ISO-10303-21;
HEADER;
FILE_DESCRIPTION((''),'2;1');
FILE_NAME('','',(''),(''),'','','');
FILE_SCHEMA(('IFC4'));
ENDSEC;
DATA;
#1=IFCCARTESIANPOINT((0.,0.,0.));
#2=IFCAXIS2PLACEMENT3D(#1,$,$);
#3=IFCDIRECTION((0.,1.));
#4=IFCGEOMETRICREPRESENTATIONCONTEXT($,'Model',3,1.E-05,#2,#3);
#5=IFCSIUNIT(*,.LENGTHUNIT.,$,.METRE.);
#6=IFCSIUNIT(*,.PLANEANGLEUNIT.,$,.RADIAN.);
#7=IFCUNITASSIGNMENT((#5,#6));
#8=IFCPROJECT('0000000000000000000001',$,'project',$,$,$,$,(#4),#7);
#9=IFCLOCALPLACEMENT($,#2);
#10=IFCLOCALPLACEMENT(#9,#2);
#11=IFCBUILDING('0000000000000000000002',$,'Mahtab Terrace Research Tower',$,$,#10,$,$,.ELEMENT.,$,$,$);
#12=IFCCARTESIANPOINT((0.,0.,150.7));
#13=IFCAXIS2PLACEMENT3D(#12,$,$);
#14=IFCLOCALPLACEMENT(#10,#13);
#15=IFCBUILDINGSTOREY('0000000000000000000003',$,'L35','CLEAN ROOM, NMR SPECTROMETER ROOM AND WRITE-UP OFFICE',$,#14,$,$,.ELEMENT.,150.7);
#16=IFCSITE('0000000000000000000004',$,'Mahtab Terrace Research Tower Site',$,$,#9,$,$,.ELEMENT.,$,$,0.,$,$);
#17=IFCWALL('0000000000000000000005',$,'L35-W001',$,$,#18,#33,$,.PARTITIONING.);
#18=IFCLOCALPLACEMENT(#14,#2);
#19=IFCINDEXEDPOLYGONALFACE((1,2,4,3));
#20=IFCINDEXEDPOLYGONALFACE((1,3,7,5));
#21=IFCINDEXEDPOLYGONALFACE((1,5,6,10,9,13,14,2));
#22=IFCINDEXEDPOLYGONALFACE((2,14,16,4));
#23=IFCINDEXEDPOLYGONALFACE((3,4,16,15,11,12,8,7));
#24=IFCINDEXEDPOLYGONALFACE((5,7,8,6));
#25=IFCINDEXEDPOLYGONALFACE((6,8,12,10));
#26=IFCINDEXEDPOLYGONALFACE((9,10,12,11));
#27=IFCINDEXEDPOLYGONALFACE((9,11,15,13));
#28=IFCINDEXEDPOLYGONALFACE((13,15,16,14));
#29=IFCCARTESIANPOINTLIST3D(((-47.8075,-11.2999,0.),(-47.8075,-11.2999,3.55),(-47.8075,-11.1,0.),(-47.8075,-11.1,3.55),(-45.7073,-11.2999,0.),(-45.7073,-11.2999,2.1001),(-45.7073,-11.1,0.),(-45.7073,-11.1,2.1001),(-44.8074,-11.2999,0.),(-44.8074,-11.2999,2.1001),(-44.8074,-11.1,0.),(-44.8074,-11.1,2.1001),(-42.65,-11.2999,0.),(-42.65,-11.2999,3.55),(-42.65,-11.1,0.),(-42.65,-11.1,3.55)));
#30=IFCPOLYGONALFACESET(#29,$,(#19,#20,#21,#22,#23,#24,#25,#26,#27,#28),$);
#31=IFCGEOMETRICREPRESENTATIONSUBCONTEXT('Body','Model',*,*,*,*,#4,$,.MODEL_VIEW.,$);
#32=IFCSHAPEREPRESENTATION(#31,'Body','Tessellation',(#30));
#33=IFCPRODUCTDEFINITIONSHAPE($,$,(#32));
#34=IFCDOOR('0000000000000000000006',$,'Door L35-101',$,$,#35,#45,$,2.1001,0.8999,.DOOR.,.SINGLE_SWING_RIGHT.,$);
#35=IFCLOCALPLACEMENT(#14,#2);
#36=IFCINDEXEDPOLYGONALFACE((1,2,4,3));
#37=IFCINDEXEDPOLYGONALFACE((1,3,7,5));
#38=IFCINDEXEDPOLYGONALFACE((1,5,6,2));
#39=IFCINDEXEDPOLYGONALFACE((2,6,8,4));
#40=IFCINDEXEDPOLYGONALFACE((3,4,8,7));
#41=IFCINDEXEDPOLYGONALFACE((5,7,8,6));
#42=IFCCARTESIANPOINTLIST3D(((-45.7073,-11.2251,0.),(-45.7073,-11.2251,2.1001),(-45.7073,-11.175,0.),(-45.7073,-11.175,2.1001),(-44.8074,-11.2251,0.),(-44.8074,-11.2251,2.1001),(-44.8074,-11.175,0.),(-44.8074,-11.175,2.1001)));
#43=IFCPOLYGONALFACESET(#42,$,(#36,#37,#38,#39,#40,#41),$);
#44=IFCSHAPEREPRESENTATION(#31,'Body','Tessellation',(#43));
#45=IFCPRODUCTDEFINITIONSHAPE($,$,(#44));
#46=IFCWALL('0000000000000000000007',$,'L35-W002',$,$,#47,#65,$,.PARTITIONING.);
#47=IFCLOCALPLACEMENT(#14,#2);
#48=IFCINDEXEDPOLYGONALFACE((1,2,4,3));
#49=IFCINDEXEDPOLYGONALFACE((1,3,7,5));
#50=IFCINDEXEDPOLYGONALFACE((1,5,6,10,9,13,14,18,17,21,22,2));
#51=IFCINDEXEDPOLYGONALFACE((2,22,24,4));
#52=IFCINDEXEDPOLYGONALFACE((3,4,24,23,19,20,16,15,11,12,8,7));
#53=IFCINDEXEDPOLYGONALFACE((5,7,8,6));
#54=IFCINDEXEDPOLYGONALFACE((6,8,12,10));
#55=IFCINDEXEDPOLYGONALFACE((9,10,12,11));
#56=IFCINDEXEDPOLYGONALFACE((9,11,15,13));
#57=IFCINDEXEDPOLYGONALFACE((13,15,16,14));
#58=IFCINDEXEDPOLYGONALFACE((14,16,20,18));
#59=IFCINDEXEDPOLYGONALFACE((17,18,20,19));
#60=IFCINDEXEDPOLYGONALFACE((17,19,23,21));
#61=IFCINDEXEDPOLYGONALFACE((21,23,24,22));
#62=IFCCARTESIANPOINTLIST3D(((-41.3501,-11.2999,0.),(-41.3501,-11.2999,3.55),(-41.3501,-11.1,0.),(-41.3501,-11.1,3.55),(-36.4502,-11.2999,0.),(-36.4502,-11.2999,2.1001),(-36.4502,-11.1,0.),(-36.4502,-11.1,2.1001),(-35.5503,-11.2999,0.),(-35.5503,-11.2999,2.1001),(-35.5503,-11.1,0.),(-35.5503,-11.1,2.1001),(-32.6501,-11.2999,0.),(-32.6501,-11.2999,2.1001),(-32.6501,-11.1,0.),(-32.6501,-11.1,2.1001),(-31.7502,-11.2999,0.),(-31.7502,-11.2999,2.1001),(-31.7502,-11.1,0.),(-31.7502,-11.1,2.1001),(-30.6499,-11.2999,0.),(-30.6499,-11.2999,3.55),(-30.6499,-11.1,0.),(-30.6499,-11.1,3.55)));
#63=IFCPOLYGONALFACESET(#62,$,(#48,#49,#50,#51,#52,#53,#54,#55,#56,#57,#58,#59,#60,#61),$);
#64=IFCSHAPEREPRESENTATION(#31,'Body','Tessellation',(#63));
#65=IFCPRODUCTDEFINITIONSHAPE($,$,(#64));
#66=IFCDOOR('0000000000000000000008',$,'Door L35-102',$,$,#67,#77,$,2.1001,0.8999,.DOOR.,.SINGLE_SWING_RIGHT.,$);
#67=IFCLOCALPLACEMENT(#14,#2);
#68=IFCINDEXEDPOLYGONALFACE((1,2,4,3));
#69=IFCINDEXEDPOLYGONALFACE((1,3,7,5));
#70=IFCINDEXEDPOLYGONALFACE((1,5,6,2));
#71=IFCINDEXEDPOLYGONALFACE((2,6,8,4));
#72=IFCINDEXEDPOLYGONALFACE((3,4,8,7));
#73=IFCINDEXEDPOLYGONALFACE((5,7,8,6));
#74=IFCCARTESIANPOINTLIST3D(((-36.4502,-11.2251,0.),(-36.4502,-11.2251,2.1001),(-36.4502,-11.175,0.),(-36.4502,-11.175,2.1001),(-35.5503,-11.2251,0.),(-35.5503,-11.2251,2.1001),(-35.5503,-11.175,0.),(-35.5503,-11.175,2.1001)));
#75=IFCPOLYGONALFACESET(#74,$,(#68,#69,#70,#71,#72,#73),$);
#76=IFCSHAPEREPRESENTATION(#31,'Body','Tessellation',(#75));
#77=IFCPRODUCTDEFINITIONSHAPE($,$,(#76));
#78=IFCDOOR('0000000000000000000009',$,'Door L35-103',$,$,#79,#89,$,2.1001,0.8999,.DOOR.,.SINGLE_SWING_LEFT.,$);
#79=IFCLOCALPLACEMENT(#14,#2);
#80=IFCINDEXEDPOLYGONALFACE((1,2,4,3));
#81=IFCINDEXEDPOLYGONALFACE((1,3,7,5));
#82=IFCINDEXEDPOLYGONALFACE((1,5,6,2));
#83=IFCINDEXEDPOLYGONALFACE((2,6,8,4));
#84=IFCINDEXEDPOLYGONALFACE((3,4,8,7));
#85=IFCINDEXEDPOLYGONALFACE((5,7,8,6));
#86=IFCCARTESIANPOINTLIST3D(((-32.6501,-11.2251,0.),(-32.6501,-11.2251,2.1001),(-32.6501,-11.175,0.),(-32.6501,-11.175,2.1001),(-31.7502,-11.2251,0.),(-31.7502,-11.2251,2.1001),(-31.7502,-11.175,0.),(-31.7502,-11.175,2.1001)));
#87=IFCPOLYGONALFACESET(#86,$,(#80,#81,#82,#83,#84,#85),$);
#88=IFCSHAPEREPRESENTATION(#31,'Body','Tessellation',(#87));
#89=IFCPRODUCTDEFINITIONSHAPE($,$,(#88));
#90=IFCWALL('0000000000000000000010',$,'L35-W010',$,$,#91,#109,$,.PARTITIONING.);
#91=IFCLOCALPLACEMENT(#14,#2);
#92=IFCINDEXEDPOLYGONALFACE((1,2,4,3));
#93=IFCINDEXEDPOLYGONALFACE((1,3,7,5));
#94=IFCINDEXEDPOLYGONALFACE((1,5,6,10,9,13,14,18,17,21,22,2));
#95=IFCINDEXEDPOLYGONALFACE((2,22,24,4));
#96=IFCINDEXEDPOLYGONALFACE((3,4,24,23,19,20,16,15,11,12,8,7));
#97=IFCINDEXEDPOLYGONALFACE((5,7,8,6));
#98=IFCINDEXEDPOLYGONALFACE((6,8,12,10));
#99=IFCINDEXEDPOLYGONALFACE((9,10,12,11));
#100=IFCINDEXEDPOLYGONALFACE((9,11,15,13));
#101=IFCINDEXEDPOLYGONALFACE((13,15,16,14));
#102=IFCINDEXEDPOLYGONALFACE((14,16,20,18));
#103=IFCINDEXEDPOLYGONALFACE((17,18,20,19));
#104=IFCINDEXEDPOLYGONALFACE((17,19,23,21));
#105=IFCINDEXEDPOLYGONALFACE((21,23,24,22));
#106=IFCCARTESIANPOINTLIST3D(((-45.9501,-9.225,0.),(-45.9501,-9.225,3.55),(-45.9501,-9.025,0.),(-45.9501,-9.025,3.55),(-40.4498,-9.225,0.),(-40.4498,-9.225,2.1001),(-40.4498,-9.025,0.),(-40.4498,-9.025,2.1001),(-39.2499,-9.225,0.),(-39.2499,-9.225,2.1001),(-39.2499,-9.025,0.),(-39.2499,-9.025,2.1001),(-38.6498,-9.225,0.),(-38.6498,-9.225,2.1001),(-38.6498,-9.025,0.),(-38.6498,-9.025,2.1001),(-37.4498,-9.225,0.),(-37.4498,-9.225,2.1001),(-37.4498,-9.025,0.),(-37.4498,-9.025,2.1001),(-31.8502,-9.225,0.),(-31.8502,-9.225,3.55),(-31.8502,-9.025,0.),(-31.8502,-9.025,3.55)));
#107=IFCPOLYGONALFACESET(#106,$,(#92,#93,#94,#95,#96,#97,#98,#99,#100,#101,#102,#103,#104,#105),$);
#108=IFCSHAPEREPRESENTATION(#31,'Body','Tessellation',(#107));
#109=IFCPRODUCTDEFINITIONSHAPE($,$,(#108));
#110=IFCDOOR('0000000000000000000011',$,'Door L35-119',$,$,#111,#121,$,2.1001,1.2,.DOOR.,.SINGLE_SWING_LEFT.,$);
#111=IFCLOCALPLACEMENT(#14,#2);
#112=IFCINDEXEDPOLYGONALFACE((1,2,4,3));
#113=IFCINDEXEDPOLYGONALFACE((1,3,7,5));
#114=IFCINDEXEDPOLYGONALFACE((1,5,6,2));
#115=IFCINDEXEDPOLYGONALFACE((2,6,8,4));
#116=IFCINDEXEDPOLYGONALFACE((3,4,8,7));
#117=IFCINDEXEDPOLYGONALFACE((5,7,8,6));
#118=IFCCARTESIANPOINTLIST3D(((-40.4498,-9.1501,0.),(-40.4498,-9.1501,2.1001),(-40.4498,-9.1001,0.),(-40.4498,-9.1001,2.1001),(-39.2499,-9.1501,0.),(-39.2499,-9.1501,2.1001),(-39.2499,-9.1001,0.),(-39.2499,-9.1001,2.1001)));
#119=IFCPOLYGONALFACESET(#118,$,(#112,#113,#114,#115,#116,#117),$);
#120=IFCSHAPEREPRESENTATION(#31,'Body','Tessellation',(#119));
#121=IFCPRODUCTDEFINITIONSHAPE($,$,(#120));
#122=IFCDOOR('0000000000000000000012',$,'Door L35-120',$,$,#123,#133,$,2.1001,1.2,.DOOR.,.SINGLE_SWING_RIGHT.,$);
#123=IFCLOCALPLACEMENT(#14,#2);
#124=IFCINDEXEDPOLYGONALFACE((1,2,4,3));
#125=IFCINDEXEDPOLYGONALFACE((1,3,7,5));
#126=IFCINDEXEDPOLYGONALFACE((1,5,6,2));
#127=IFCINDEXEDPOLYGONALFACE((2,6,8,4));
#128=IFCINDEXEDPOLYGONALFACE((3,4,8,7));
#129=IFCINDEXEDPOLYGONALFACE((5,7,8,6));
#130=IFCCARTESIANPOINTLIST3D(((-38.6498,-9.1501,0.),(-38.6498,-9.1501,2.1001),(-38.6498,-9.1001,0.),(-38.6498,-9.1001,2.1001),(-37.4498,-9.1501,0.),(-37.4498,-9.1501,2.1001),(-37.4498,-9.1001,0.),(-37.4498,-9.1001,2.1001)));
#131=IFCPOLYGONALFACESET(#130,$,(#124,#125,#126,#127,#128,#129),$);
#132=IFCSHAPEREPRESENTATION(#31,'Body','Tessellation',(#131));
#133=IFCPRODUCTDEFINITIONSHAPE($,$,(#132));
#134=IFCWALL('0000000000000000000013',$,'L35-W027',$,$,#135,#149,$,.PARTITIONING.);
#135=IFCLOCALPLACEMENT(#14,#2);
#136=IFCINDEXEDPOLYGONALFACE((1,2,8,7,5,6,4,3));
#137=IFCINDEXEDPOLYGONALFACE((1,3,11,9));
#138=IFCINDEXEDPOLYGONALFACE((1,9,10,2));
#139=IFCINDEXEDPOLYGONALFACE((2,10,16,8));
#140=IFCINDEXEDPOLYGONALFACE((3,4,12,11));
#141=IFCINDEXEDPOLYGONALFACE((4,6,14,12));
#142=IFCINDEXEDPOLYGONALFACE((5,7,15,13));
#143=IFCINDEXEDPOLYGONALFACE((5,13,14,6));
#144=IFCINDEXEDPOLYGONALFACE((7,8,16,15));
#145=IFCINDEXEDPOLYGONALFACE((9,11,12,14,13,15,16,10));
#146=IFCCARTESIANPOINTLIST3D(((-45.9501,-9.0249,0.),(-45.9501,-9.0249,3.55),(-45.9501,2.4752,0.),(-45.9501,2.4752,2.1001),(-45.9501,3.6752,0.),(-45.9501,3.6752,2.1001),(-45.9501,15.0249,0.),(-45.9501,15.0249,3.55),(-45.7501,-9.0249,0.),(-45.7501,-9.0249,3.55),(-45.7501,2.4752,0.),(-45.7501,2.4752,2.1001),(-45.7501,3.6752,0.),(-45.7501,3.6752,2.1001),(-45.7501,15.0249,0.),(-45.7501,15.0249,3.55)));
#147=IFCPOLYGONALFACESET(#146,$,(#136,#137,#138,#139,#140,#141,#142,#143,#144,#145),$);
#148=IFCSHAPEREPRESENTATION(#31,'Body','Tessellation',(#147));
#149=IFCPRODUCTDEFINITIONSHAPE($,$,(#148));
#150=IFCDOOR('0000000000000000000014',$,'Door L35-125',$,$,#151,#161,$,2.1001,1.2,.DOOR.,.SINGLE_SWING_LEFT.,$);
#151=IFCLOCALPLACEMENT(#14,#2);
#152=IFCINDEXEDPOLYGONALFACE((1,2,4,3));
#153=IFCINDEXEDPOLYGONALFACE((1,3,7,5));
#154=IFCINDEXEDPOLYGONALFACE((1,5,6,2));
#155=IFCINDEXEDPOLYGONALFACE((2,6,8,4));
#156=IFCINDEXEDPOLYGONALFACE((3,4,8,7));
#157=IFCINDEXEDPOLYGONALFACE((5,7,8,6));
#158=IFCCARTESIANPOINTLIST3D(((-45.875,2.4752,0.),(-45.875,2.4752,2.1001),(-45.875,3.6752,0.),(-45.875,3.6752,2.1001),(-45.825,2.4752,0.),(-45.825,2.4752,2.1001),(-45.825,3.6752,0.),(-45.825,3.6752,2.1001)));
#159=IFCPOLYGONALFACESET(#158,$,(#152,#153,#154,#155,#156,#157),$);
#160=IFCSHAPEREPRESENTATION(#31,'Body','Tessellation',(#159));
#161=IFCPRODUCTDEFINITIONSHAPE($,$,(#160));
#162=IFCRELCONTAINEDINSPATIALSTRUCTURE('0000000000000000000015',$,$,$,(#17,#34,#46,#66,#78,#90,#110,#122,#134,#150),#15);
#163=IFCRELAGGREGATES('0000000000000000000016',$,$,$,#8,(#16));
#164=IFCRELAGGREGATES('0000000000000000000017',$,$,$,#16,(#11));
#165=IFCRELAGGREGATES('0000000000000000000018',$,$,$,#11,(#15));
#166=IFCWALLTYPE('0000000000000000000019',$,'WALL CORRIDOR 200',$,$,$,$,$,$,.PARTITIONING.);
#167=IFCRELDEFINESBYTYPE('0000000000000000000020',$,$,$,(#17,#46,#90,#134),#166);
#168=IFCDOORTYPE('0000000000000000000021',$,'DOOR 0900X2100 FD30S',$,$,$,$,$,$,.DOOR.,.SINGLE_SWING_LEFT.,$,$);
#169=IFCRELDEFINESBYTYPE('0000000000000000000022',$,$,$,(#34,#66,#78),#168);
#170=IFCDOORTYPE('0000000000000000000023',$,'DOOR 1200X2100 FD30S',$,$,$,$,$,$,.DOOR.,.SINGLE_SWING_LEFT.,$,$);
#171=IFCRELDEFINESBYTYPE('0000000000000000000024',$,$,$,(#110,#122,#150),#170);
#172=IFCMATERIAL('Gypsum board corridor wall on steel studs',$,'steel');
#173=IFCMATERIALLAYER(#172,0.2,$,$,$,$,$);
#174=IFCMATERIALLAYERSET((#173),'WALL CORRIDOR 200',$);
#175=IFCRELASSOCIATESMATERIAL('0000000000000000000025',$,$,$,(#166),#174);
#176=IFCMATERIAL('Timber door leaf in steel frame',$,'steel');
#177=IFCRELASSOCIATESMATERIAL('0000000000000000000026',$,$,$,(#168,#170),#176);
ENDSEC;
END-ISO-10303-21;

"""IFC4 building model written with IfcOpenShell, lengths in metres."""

from ifc_helpers import new_model, si_unit, direction, frame, frame_2d, origin, place, context, subcontext, project, spatial, rectangle, extrude, material, layer, layer_set, type_object, element, fill, save


model = new_model("IFC4")

# Units and contexts
model_context = context("Model", 3, precision=1e-05, world=origin(), true_north=direction((0.0, 1.0)))
body_context = subcontext(model_context, "Body", "Model", "MODEL_VIEW")
ifc_project = project(units=[si_unit("LENGTHUNIT", "METRE"), si_unit("PLANEANGLEUNIT", "RADIAN")], contexts=[model_context])

# Site, building, storey
site_placement = place(None, origin())
site = spatial("IfcSite", under=ifc_project, at=site_placement, Name="Mahtab Terrace Research Tower Site", CompositionType="ELEMENT", RefElevation=0.0)
building_placement = place(site_placement, origin())
building = spatial("IfcBuilding", under=site, at=building_placement, Name="Mahtab Terrace Research Tower", CompositionType="ELEMENT")
storey_placement = place(building_placement, frame((0.0, 0.0, 150.7)))
storey = spatial("IfcBuildingStorey", under=building, at=storey_placement, Name="L35", Description="CLEAN ROOM, NMR SPECTROMETER ROOM AND WRITE-UP OFFICE", CompositionType="ELEMENT", Elevation=150.7)

# Wall, opening, door
ifc_material_1 = material(Name="Gypsum board corridor wall on steel studs", Category="steel")
ifc_layer_1 = layer(ifc_material_1, 0.2)
ifc_layer_set_1 = layer_set([ifc_layer_1], Name="WALL CORRIDOR 200")
wall_type_1 = type_object("IfcWallType", Name="WALL CORRIDOR 200", PredefinedType="PARTITIONING", material=ifc_layer_set_1)
wall_1_placement = place(storey_placement, frame((-47.8074, -11.2, 0.0), z_axis=(0.0, 0.0, 1.0), x_axis=(1.0, 0.0, 0.0)))
wall_1 = element("IfcWall", 1, at=wall_1_placement, inside=storey, type_object=wall_type_1, Name="L35-W001", PredefinedType="PARTITIONING", context=body_context, shape_type="SweptSolid", body=[
    extrude(rectangle(XDim=5.1575, YDim=0.2, at=frame_2d((2.5786, 0.0))), origin(), (0.0, 0.0, 1.0), 3.55),
])
opening_1_placement = place(wall_1_placement, frame((2.1001, 0.0, 0.0)))
opening_1 = element("IfcOpeningElement", 2, at=opening_1_placement, cuts=wall_1, PredefinedType="OPENING", context=body_context, shape_type="SweptSolid", body=[
    extrude(rectangle(XDim=0.8999, YDim=2.1001, at=frame_2d((0.45, 1.05))), frame((0.0, 0.1099, 0.0), z_axis=(0.0, -1.0, 0.0), x_axis=(1.0, 0.0, 0.0)), (0.0, 0.0, 1.0), 0.22),
])
ifc_material_2 = material(Name="Timber door leaf in steel frame", Category="steel")
door_type_1 = type_object("IfcDoorType", Name="DOOR 0900X2100 FD30S", OperationType="SINGLE_SWING_LEFT", PredefinedType="DOOR", material=ifc_material_2)
door_1_placement = place(opening_1_placement, origin())
door_1 = element("IfcDoor", 3, at=door_1_placement, inside=storey, type_object=door_type_1, Name="Door L35-101", OperationType="SINGLE_SWING_RIGHT", OverallHeight=2.1001, OverallWidth=0.8999, PredefinedType="DOOR", context=body_context, shape_type="SweptSolid", body=[
    extrude(rectangle(XDim=0.8999, YDim=2.1001, at=frame_2d((0.45, 1.05))), frame((0.0, 0.0249, 0.0), z_axis=(0.0, -1.0, 0.0), x_axis=(1.0, 0.0, 0.0)), (0.0, 0.0, 1.0), 0.05),
])
fill(opening_1, door_1)

# Walls, openings, doors
wall_2_placement = place(storey_placement, frame((-41.3501, -11.2, 0.0), z_axis=(0.0, 0.0, 1.0), x_axis=(1.0, 0.0, 0.0)))
wall_2 = element("IfcWall", 4, at=wall_2_placement, inside=storey, type_object=wall_type_1, Name="L35-W002", PredefinedType="PARTITIONING", context=body_context, shape_type="SweptSolid", body=[
    extrude(rectangle(XDim=10.7002, YDim=0.2, at=frame_2d((5.3501, 0.0))), origin(), (0.0, 0.0, 1.0), 3.55),
])
opening_2_placement = place(wall_2_placement, frame((4.8999, 0.0, 0.0)))
opening_2 = element("IfcOpeningElement", 5, at=opening_2_placement, cuts=wall_2, PredefinedType="OPENING", context=body_context, shape_type="SweptSolid", body=[
    extrude(rectangle(XDim=0.8999, YDim=2.1001, at=frame_2d((0.45, 1.05))), frame((0.0, 0.1099, 0.0), z_axis=(0.0, -1.0, 0.0), x_axis=(1.0, 0.0, 0.0)), (0.0, 0.0, 1.0), 0.22),
])
opening_3_placement = place(wall_2_placement, frame((8.7, 0.0, 0.0)))
opening_3 = element("IfcOpeningElement", 6, at=opening_3_placement, cuts=wall_2, PredefinedType="OPENING", context=body_context, shape_type="SweptSolid", body=[
    extrude(rectangle(XDim=0.8999, YDim=2.1001, at=frame_2d((0.45, 1.05))), frame((0.0, 0.1099, 0.0), z_axis=(0.0, -1.0, 0.0), x_axis=(1.0, 0.0, 0.0)), (0.0, 0.0, 1.0), 0.22),
])
door_2_placement = place(opening_2_placement, origin())
door_2 = element("IfcDoor", 7, at=door_2_placement, inside=storey, type_object=door_type_1, Name="Door L35-102", OperationType="SINGLE_SWING_RIGHT", OverallHeight=2.1001, OverallWidth=0.8999, PredefinedType="DOOR", context=body_context, shape_type="SweptSolid", body=[
    extrude(rectangle(XDim=0.8999, YDim=2.1001, at=frame_2d((0.45, 1.05))), frame((0.0, 0.0249, 0.0), z_axis=(0.0, -1.0, 0.0), x_axis=(1.0, 0.0, 0.0)), (0.0, 0.0, 1.0), 0.05),
])
fill(opening_2, door_2)
door_3_placement = place(opening_3_placement, origin())
door_3 = element("IfcDoor", 8, at=door_3_placement, inside=storey, type_object=door_type_1, Name="Door L35-103", OperationType="SINGLE_SWING_LEFT", OverallHeight=2.1001, OverallWidth=0.8999, PredefinedType="DOOR", context=body_context, shape_type="SweptSolid", body=[
    extrude(rectangle(XDim=0.8999, YDim=2.1001, at=frame_2d((0.45, 1.05))), frame((0.0, 0.0249, 0.0), z_axis=(0.0, -1.0, 0.0), x_axis=(1.0, 0.0, 0.0)), (0.0, 0.0, 1.0), 0.05),
])
fill(opening_3, door_3)
wall_3_placement = place(storey_placement, frame((-45.95, -9.125, 0.0), z_axis=(0.0, 0.0, 1.0), x_axis=(1.0, 0.0, 0.0)))
wall_3 = element("IfcWall", 9, at=wall_3_placement, inside=storey, type_object=wall_type_1, Name="L35-W010", PredefinedType="PARTITIONING", context=body_context, shape_type="SweptSolid", body=[
    extrude(rectangle(XDim=14.0999, YDim=0.2, at=frame_2d((7.0498, 0.0))), origin(), (0.0, 0.0, 1.0), 3.55),
])
opening_4_placement = place(wall_3_placement, frame((5.5, 0.0, 0.0)))
opening_4 = element("IfcOpeningElement", 10, at=opening_4_placement, cuts=wall_3, PredefinedType="OPENING", context=body_context, shape_type="SweptSolid", body=[
    extrude(rectangle(XDim=1.2, YDim=2.1001, at=frame_2d((0.6001, 1.05))), frame((0.0, 0.1099, 0.0), z_axis=(0.0, -1.0, 0.0), x_axis=(1.0, 0.0, 0.0)), (0.0, 0.0, 1.0), 0.22),
])
opening_5_placement = place(wall_3_placement, frame((7.3, 0.0, 0.0)))
opening_5 = element("IfcOpeningElement", 11, at=opening_5_placement, cuts=wall_3, PredefinedType="OPENING", context=body_context, shape_type="SweptSolid", body=[
    extrude(rectangle(XDim=1.2, YDim=2.1001, at=frame_2d((0.6001, 1.05))), frame((0.0, 0.1099, 0.0), z_axis=(0.0, -1.0, 0.0), x_axis=(1.0, 0.0, 0.0)), (0.0, 0.0, 1.0), 0.22),
])
door_type_2 = type_object("IfcDoorType", Name="DOOR 1200X2100 FD30S", OperationType="SINGLE_SWING_LEFT", PredefinedType="DOOR", material=ifc_material_2)
door_4_placement = place(opening_4_placement, origin())
door_4 = element("IfcDoor", 12, at=door_4_placement, inside=storey, type_object=door_type_2, Name="Door L35-119", OperationType="SINGLE_SWING_LEFT", OverallHeight=2.1001, OverallWidth=1.2, PredefinedType="DOOR", context=body_context, shape_type="SweptSolid", body=[
    extrude(rectangle(XDim=1.2, YDim=2.1001, at=frame_2d((0.6001, 1.05))), frame((0.0, 0.0249, 0.0), z_axis=(0.0, -1.0, 0.0), x_axis=(1.0, 0.0, 0.0)), (0.0, 0.0, 1.0), 0.05),
])
fill(opening_4, door_4)
door_5_placement = place(opening_5_placement, origin())
door_5 = element("IfcDoor", 13, at=door_5_placement, inside=storey, type_object=door_type_2, Name="Door L35-120", OperationType="SINGLE_SWING_RIGHT", OverallHeight=2.1001, OverallWidth=1.2, PredefinedType="DOOR", context=body_context, shape_type="SweptSolid", body=[
    extrude(rectangle(XDim=1.2, YDim=2.1001, at=frame_2d((0.6001, 1.05))), frame((0.0, 0.0249, 0.0), z_axis=(0.0, -1.0, 0.0), x_axis=(1.0, 0.0, 0.0)), (0.0, 0.0, 1.0), 0.05),
])
fill(opening_5, door_5)

# Wall, opening, door
wall_4_placement = place(storey_placement, frame((-45.8501, -9.0249, 0.0), z_axis=(0.0, 0.0, 1.0), x_axis=(0.0, 1.0, 0.0)))
wall_4 = element("IfcWall", 14, at=wall_4_placement, inside=storey, type_object=wall_type_1, Name="L35-W027", PredefinedType="PARTITIONING", context=body_context, shape_type="SweptSolid", body=[
    extrude(rectangle(XDim=24.0498, YDim=0.2, at=frame_2d((12.0249, 0.0))), origin(), (0.0, 0.0, 1.0), 3.55),
])
opening_6_placement = place(wall_4_placement, frame((11.5, 0.0, 0.0)))
opening_6 = element("IfcOpeningElement", 15, at=opening_6_placement, cuts=wall_4, PredefinedType="OPENING", context=body_context, shape_type="SweptSolid", body=[
    extrude(rectangle(XDim=1.2, YDim=2.1001, at=frame_2d((0.6001, 1.05))), frame((0.0, 0.1099, 0.0), z_axis=(0.0, -1.0, 0.0), x_axis=(1.0, 0.0, 0.0)), (0.0, 0.0, 1.0), 0.22),
])
door_6_placement = place(opening_6_placement, origin())
door_6 = element("IfcDoor", 16, at=door_6_placement, inside=storey, type_object=door_type_2, Name="Door L35-125", OperationType="SINGLE_SWING_LEFT", OverallHeight=2.1001, OverallWidth=1.2, PredefinedType="DOOR", context=body_context, shape_type="SweptSolid", body=[
    extrude(rectangle(XDim=1.2, YDim=2.1001, at=frame_2d((0.6001, 1.05))), frame((0.0, 0.0249, 0.0), z_axis=(0.0, -1.0, 0.0), x_axis=(1.0, 0.0, 0.0)), (0.0, 0.0, 1.0), 0.05),
])
fill(opening_6, door_6)

save(model, "model.ifc")
